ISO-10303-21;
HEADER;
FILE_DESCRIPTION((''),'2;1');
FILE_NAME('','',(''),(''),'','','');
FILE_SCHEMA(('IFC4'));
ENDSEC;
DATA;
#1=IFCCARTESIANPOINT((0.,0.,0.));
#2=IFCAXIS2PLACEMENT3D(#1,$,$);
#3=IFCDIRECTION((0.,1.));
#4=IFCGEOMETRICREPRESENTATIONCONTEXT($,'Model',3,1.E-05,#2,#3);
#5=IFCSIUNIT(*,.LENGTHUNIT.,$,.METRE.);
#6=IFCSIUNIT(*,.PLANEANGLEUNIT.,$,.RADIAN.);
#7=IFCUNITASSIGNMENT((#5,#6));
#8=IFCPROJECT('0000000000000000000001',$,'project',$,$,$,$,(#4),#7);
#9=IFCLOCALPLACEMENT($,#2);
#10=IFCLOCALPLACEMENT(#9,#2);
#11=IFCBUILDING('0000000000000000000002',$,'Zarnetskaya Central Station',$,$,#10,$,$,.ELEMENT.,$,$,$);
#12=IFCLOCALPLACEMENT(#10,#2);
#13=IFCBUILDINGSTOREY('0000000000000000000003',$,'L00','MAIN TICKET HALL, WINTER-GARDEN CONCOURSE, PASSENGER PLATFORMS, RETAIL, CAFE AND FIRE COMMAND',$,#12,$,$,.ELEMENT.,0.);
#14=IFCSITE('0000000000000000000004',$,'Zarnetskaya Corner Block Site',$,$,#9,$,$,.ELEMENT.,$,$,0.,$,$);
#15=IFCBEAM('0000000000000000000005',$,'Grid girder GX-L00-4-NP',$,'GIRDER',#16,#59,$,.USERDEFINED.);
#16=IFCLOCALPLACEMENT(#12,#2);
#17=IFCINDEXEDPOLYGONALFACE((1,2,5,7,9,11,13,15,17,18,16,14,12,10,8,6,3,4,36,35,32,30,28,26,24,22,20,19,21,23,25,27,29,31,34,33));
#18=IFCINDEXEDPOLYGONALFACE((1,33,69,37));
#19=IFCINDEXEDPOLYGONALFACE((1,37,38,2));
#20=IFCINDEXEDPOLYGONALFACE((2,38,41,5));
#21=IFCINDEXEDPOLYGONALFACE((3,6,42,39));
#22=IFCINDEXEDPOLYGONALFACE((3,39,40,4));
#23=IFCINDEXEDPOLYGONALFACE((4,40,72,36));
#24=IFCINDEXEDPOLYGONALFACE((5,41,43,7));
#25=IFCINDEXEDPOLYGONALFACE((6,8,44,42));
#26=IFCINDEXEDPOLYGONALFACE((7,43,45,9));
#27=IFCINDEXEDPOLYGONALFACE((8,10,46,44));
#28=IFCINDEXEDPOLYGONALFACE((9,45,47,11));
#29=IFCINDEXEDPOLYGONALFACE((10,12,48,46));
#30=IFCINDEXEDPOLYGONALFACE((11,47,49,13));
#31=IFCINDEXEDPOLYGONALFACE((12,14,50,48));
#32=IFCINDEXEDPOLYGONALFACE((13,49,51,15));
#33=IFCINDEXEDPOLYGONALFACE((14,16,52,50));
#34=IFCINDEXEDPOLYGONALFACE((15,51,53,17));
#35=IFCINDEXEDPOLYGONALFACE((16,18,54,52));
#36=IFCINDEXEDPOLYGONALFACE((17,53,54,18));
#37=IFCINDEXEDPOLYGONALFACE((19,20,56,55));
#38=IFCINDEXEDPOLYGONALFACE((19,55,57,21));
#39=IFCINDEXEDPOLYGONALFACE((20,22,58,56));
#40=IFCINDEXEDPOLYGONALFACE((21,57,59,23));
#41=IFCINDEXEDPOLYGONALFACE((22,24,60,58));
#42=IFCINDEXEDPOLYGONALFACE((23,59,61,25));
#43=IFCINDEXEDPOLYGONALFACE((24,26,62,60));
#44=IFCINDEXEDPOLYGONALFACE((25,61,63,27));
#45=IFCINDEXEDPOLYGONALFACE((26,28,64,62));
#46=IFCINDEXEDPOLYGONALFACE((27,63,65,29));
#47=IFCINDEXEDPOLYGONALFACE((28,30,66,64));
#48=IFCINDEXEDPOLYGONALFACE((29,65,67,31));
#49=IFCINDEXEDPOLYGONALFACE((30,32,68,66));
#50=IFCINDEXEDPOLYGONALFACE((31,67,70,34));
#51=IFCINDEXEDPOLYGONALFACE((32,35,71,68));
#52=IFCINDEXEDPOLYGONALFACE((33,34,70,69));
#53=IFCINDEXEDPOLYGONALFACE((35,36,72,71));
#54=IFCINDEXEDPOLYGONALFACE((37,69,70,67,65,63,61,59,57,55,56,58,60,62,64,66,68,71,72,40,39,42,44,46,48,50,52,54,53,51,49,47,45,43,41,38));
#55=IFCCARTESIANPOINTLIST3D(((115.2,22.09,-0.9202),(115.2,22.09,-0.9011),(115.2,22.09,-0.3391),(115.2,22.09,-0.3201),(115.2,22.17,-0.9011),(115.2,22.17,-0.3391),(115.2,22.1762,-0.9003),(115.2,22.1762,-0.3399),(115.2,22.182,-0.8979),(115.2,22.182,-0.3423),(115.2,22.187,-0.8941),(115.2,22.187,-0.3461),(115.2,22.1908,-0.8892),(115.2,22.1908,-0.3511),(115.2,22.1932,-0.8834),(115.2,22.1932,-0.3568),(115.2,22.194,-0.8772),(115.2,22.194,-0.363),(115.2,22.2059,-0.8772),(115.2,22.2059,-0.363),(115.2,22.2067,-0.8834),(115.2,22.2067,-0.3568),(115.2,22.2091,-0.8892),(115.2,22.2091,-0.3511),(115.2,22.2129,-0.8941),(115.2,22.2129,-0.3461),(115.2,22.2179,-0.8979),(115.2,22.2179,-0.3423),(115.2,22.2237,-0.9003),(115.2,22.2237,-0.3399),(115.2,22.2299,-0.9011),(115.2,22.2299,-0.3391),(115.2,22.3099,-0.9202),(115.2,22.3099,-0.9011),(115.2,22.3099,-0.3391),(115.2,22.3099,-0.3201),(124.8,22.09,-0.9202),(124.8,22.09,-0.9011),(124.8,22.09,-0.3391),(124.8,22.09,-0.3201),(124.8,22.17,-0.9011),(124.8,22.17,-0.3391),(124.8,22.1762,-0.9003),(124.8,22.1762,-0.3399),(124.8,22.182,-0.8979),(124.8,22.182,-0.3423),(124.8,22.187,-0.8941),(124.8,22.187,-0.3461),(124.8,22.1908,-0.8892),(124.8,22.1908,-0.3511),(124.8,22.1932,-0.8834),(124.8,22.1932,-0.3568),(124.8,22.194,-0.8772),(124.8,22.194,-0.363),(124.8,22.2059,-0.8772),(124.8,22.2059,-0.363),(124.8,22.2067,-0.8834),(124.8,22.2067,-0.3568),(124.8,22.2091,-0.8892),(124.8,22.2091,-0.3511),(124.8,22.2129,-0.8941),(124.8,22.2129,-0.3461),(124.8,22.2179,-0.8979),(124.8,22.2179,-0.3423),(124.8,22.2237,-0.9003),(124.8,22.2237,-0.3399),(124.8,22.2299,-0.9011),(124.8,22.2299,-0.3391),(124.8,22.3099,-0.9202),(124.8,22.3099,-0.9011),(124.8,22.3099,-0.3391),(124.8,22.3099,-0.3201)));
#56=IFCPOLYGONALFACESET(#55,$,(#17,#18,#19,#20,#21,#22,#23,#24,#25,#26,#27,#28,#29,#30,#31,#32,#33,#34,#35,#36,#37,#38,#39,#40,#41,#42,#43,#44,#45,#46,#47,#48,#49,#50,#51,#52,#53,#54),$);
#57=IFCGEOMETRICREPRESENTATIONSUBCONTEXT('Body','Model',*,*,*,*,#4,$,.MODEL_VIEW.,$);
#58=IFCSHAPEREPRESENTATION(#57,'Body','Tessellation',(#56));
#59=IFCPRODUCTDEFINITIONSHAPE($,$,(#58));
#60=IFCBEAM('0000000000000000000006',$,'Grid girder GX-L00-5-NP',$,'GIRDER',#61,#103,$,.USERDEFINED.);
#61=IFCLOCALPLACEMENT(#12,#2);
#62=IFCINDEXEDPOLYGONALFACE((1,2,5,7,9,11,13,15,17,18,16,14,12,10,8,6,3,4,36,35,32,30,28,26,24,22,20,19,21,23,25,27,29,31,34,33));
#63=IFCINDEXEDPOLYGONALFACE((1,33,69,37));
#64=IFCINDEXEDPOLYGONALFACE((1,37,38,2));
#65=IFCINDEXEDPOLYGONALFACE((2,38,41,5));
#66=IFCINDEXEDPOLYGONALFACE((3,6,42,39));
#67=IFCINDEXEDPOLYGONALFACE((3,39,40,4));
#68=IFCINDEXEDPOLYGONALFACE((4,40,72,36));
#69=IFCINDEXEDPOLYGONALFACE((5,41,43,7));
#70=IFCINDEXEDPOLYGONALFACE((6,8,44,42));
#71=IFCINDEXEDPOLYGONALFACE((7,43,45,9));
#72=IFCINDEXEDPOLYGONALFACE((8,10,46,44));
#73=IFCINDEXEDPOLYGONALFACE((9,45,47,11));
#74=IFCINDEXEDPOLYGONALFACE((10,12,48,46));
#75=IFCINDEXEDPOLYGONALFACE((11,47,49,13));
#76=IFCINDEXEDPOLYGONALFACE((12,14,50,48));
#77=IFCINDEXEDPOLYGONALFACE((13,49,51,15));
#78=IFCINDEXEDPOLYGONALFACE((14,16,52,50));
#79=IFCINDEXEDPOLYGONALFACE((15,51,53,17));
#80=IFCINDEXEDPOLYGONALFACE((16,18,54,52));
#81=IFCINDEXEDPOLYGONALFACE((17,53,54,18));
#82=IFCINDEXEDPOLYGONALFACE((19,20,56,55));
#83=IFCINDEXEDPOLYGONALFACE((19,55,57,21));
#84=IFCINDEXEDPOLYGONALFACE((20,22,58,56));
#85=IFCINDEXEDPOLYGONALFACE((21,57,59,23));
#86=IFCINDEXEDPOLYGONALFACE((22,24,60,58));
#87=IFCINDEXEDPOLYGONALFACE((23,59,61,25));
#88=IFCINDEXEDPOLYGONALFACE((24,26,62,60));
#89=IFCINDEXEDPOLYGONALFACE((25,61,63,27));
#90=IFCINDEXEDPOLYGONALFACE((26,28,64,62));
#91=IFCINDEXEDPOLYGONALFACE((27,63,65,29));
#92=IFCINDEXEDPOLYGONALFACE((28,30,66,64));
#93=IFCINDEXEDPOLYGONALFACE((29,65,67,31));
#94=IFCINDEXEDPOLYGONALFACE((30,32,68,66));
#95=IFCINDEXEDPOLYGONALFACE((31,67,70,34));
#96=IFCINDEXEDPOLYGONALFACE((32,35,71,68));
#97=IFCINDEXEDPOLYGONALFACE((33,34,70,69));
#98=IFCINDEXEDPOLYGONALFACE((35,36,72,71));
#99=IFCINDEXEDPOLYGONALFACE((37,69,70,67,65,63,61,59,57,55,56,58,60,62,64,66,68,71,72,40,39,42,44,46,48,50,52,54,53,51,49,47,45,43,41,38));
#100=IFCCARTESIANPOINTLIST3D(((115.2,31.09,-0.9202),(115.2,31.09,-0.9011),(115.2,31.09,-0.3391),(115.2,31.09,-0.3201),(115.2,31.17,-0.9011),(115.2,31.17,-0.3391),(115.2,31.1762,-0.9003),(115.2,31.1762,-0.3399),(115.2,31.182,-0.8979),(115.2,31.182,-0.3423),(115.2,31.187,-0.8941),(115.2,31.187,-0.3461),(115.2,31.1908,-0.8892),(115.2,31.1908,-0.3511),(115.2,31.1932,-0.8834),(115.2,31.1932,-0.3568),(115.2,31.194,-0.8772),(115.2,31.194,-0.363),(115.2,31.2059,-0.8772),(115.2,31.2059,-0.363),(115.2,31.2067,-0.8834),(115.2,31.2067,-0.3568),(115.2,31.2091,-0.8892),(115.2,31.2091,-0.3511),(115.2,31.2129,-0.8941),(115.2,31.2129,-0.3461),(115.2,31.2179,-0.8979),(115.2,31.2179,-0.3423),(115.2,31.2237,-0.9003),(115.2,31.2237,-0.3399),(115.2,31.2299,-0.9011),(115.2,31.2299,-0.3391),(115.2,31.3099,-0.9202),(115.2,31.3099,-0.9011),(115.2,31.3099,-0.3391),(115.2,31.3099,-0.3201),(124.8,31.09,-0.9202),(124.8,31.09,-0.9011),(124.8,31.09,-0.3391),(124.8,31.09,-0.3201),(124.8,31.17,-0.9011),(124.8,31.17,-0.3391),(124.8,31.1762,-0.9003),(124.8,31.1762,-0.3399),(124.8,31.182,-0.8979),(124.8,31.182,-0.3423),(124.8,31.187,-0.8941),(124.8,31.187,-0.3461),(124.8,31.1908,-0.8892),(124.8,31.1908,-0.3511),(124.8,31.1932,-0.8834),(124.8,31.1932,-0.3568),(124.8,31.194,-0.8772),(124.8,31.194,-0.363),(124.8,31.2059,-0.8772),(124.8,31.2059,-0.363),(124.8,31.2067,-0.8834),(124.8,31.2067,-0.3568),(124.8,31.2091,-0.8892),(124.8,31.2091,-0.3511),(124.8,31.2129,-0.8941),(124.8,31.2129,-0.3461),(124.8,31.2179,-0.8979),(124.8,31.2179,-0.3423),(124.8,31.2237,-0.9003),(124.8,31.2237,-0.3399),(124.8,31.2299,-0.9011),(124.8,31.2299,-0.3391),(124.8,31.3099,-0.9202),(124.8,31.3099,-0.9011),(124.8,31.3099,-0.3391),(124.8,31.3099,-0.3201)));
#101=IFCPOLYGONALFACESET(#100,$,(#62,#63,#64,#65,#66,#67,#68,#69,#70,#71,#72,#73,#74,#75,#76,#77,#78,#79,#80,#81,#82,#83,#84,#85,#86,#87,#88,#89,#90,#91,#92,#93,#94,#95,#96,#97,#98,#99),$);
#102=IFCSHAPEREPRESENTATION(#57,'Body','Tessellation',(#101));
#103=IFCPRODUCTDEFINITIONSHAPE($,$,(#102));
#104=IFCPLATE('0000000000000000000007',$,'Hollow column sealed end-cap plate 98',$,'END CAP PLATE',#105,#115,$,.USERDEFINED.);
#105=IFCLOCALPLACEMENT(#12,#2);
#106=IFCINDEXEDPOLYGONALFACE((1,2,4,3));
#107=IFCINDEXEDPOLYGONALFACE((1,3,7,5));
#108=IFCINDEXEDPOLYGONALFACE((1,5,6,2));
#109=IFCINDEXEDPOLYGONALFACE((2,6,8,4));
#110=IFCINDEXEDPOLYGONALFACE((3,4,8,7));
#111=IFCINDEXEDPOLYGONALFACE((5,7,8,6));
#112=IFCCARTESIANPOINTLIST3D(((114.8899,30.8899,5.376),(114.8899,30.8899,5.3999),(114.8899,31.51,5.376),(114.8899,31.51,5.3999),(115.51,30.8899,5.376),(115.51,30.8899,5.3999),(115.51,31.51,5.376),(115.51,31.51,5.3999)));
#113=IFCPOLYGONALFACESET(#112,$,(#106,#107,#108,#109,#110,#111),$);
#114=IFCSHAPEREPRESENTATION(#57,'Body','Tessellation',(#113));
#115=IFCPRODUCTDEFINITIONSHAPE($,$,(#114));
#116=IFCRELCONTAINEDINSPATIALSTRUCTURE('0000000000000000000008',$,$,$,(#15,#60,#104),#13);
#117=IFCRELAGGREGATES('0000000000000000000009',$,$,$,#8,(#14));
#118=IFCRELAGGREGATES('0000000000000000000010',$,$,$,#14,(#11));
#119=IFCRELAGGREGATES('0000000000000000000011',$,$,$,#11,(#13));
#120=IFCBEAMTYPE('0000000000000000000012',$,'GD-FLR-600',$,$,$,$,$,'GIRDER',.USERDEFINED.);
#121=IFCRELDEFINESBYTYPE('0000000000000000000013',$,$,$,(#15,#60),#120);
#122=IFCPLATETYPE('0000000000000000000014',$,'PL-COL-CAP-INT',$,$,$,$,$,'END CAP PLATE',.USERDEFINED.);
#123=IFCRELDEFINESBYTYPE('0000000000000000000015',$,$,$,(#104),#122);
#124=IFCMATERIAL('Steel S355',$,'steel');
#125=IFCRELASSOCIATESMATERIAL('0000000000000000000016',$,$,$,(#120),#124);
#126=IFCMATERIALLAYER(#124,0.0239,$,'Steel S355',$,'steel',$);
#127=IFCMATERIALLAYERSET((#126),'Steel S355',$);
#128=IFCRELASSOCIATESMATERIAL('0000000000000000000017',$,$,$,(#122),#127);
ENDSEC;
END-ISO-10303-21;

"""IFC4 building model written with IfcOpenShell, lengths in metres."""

from ifc_helpers import new_model, si_unit, direction, frame, origin, origin_2d, place, context, subcontext, project, spatial, rectangle, i_section, extrude, material, layer, layer_set, material_profile, profile_set, type_object, element, save


model = new_model("IFC4")

# Units and contexts
model_context = context("Model", 3, precision=1e-05, world=origin(), true_north=direction((0.0, 1.0)))
body_context = subcontext(model_context, "Body", "Model", "MODEL_VIEW")
ifc_project = project(units=[si_unit("LENGTHUNIT", "METRE"), si_unit("PLANEANGLEUNIT", "RADIAN")], contexts=[model_context])

# Site, building, storey
site_placement = place(None, origin())
site = spatial("IfcSite", under=ifc_project, at=site_placement, Name="Zarnetskaya Corner Block Site", CompositionType="ELEMENT", RefElevation=0.0)
building_placement = place(site_placement, origin())
building = spatial("IfcBuilding", under=site, at=building_placement, Name="Zarnetskaya Central Station", CompositionType="ELEMENT")
storey_placement = place(building_placement, origin())
storey = spatial("IfcBuildingStorey", under=building, at=storey_placement, Name="L00", Description="MAIN TICKET HALL, WINTER-GARDEN CONCOURSE, PASSENGER PLATFORMS, RETAIL, CAFE AND FIRE COMMAND", CompositionType="ELEMENT", Elevation=0.0)

# Shared definitions
ifc_material = material(Name="Steel S355", Category="steel")

# Beams
ifc_material_profile_1 = material_profile(ifc_material, i_section(OverallWidth=0.22, OverallDepth=0.6001, WebThickness=0.012, FlangeThickness=0.019, FilletRadius=0.0239, at=origin_2d()), Name="IPE 600")
ifc_profile_set_1 = profile_set([ifc_material_profile_1], Name="Steel S355")
beam_type_1 = type_object("IfcBeamType", Name="GD-FLR-600", ElementType="GIRDER", PredefinedType="USERDEFINED", material=ifc_profile_set_1)
for number, where, z_axis, x_axis, name in (
    (1, (115.2, 22.2, -0.6201), (1.0, 0.0, 0.0), (0.0, 1.0, 0.0), "Grid girder GX-L00-4-NP"),
    (2, (115.2, 31.2, -0.6201), (1.0, 0.0, 0.0), (0.0, 1.0, 0.0), "Grid girder GX-L00-5-NP"),
):
    element("IfcBeam", number, at=place(storey_placement, frame(where, z_axis=z_axis, x_axis=x_axis)), inside=storey, type_object=beam_type_1, Name=name, ObjectType="GIRDER", PredefinedType="USERDEFINED", context=body_context, shape_type="SweptSolid", body=[
        extrude(i_section(OverallWidth=0.22, OverallDepth=0.6001, WebThickness=0.012, FlangeThickness=0.019, FilletRadius=0.0239, at=origin_2d()), origin(), (0.0, 0.0, 1.0), 9.6001),
    ])

# Plate
ifc_layer = layer(ifc_material, 0.0239, Name="Steel S355", Category="steel")
ifc_layer_set = layer_set([ifc_layer], Name="Steel S355")
plate_type = type_object("IfcPlateType", Name="PL-COL-CAP-INT", ElementType="END CAP PLATE", PredefinedType="USERDEFINED", material=ifc_layer_set)
plate_placement = place(storey_placement, frame((115.2, 31.2, 5.376), z_axis=(0.0, 0.0, 1.0), x_axis=(1.0, 0.0, 0.0)))
element("IfcPlate", 3, at=plate_placement, inside=storey, type_object=plate_type, Name="Hollow column sealed end-cap plate 98", ObjectType="END CAP PLATE", PredefinedType="USERDEFINED", context=body_context, shape_type="SweptSolid", body=[
    extrude(rectangle(XDim=0.6201, YDim=0.6201, at=origin_2d()), origin(), (0.0, 0.0, 1.0), 0.0239),
])

save(model, "model.ifc")
